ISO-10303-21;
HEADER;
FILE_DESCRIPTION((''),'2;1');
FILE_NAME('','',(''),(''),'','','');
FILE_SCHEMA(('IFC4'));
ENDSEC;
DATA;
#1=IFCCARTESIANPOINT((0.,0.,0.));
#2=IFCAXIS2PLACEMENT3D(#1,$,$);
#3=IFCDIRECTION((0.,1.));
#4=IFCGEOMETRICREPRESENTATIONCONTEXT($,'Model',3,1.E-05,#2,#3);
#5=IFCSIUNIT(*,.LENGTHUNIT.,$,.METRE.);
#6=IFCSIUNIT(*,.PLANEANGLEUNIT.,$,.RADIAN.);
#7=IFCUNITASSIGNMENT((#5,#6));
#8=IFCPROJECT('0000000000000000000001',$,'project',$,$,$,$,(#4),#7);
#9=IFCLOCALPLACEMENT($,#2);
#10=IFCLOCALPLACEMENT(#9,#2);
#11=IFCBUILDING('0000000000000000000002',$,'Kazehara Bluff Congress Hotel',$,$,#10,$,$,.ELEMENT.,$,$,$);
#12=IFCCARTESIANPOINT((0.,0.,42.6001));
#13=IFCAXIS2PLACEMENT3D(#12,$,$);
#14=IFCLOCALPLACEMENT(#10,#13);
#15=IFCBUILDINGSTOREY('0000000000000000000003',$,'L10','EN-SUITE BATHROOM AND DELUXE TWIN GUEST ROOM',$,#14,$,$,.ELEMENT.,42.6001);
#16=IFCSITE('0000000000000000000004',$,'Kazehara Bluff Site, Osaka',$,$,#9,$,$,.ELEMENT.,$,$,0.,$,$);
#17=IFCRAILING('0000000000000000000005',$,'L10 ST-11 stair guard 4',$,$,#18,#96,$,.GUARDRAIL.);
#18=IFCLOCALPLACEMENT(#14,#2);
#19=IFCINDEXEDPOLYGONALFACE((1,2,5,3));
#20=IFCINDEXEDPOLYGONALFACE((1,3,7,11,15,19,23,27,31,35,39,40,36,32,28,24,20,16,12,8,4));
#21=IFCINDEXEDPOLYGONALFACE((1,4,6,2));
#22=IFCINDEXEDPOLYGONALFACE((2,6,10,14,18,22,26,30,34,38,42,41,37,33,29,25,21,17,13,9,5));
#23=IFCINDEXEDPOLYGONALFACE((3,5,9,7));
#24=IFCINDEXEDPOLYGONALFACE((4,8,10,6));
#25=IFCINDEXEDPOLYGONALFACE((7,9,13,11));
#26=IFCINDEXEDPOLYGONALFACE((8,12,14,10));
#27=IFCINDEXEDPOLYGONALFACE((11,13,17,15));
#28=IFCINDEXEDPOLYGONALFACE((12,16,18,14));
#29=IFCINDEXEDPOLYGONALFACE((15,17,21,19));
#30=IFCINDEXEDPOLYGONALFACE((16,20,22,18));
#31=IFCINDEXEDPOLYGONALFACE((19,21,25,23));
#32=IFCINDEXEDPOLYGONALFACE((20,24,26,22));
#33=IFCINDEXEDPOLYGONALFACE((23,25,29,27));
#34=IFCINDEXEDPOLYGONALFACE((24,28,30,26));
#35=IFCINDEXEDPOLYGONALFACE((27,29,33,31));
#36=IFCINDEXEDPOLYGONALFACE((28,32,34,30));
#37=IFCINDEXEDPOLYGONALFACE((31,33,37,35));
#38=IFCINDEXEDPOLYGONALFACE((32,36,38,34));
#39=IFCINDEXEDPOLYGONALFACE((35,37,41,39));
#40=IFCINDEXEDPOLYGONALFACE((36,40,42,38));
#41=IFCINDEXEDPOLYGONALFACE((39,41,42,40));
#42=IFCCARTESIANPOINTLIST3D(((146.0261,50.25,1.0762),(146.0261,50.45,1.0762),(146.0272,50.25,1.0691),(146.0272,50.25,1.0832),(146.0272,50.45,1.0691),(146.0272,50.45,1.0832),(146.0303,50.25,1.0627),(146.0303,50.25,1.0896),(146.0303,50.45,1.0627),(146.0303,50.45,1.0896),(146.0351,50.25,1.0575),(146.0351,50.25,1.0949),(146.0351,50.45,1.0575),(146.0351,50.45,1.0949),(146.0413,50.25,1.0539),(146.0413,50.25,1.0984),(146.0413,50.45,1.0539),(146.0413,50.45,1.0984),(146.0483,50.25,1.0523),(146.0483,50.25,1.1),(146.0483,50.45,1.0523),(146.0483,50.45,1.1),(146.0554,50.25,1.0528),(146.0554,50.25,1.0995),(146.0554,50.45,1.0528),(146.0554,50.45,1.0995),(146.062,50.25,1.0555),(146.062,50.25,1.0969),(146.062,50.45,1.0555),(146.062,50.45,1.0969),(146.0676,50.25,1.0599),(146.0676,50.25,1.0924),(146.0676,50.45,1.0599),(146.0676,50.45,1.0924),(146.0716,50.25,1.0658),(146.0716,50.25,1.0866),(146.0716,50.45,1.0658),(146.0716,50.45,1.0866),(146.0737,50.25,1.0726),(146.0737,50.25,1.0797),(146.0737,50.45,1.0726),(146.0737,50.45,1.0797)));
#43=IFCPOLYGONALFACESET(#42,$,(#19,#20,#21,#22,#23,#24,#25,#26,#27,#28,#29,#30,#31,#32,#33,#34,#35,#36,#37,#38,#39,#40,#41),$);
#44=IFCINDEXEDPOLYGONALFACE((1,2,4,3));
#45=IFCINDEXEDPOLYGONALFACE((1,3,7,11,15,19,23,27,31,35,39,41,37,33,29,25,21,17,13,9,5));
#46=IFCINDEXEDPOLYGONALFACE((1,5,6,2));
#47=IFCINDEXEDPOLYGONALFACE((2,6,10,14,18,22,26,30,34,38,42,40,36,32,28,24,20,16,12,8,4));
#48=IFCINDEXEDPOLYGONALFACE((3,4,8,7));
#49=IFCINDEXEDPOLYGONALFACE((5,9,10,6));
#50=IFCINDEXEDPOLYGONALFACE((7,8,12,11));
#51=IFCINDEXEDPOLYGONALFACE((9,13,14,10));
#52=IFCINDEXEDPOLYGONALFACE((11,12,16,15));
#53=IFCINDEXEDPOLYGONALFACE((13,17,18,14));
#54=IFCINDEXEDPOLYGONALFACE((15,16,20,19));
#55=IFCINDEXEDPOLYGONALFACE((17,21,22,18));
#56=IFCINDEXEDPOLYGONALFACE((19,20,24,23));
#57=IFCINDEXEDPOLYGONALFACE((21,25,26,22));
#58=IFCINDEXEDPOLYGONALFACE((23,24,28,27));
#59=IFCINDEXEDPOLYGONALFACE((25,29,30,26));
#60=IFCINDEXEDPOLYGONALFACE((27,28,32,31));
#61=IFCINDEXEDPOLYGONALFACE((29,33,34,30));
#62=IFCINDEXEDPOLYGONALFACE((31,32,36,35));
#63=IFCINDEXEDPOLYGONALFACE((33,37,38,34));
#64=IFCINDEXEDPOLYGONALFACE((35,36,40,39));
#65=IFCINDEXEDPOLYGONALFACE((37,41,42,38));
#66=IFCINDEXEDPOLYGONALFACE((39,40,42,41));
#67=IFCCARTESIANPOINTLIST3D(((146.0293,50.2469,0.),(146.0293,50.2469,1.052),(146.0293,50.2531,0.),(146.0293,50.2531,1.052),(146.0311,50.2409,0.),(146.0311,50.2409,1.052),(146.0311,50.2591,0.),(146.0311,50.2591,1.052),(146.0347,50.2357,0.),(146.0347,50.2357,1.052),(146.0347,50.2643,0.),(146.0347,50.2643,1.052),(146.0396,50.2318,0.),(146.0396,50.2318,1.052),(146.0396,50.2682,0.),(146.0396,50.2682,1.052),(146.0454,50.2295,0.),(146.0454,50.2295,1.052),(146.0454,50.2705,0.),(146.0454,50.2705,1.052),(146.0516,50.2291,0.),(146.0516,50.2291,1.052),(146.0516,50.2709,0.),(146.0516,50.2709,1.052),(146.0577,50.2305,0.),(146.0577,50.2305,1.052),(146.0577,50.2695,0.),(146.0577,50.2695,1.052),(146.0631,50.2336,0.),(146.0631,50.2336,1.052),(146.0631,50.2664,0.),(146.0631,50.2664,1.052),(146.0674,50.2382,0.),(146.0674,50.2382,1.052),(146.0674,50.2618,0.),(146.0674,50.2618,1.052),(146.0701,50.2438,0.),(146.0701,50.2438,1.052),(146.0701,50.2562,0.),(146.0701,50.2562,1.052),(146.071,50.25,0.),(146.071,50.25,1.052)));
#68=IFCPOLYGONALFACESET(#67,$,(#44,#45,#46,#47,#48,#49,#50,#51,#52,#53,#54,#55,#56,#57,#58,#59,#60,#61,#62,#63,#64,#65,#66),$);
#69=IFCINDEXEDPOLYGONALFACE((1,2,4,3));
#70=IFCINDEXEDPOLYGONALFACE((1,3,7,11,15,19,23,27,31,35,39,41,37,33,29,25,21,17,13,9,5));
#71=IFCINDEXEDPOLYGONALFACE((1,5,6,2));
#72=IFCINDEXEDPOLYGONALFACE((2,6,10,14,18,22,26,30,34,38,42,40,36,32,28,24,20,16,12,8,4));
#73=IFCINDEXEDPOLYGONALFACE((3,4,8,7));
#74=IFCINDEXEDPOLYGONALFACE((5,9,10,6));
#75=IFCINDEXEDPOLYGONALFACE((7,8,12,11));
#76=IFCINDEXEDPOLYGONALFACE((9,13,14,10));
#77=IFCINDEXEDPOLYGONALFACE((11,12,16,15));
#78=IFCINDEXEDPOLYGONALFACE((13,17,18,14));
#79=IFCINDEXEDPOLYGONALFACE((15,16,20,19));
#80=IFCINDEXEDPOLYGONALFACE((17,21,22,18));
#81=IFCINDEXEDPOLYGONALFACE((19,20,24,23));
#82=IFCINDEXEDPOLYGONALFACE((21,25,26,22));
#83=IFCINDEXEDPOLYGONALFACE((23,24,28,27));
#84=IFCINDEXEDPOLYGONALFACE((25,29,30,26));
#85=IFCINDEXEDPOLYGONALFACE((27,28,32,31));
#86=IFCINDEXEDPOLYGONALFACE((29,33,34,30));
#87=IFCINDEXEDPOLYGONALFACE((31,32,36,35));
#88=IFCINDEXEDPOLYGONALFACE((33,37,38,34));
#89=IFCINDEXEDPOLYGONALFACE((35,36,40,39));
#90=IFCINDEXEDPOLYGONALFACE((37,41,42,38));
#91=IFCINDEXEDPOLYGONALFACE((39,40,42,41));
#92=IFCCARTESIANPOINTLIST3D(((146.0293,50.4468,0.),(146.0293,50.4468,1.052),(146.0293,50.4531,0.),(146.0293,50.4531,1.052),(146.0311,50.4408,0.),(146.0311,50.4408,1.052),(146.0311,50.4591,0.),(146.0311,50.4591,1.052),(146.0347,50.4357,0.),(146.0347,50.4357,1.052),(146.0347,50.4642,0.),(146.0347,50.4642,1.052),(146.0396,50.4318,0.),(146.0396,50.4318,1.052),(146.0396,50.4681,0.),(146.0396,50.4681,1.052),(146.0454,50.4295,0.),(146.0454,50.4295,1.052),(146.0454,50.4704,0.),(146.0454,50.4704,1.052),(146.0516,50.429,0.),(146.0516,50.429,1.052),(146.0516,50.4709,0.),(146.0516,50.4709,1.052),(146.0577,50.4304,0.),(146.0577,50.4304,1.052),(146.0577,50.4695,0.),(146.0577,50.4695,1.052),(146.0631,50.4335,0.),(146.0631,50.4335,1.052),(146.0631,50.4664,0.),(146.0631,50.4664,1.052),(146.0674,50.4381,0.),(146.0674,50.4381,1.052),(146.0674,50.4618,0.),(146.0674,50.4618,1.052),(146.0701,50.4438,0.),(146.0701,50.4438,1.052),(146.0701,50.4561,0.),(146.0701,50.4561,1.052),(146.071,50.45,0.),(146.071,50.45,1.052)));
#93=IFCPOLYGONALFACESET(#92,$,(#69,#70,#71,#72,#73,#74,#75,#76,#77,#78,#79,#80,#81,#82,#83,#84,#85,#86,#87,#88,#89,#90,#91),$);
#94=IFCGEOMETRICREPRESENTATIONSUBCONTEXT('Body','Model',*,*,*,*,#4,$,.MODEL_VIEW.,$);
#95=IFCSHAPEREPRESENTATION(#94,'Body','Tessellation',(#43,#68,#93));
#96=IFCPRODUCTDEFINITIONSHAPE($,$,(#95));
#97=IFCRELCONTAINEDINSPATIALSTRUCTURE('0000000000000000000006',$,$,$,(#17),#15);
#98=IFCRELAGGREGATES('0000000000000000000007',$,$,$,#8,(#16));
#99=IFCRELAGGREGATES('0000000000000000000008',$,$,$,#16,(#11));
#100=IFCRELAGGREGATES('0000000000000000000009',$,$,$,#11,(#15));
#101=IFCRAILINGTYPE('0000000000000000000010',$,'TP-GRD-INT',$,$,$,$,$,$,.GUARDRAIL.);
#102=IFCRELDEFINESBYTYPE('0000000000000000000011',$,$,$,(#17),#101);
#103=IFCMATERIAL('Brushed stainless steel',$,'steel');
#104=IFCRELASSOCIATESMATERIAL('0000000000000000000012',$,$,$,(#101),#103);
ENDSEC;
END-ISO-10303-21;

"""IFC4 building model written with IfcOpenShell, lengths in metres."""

from ifc_helpers import new_model, si_unit, direction, frame, origin, origin_2d, place, context, subcontext, project, spatial, circle, extrude, material, type_object, element, save


model = new_model("IFC4")

# Units and contexts
model_context = context("Model", 3, precision=1e-05, world=origin(), true_north=direction((0.0, 1.0)))
body_context = subcontext(model_context, "Body", "Model", "MODEL_VIEW")
ifc_project = project(units=[si_unit("LENGTHUNIT", "METRE"), si_unit("PLANEANGLEUNIT", "RADIAN")], contexts=[model_context])

# Site, building, storey
site_placement = place(None, origin())
site = spatial("IfcSite", under=ifc_project, at=site_placement, Name="Kazehara Bluff Site, Osaka", CompositionType="ELEMENT", RefElevation=0.0)
building_placement = place(site_placement, origin())
building = spatial("IfcBuilding", under=site, at=building_placement, Name="Kazehara Bluff Congress Hotel", CompositionType="ELEMENT")
storey_placement = place(building_placement, frame((0.0, 0.0, 42.6001)))
storey = spatial("IfcBuildingStorey", under=building, at=storey_placement, Name="L10", Description="EN-SUITE BATHROOM AND DELUXE TWIN GUEST ROOM", CompositionType="ELEMENT", Elevation=42.6001)

# Railing
ifc_material_1 = material(Name="Brushed stainless steel", Category="steel")
railing_type_1 = type_object("IfcRailingType", Name="TP-GRD-INT", PredefinedType="GUARDRAIL", material=ifc_material_1)
railing_1_placement = place(storey_placement, frame((146.05, 50.25, 0.0)))
element("IfcRailing", 1, at=railing_1_placement, inside=storey, type_object=railing_type_1, Name="L10 ST-11 stair guard 4", PredefinedType="GUARDRAIL", context=body_context, shape_type="SweptSolid", body=[
    extrude(circle(Radius=0.0239, at=origin_2d()), frame((0.0, 0.0, 1.0762), z_axis=(0.0, 1.0, 0.0), x_axis=(-1.0, 0.0, 0.0)), (0.0, 0.0, 1.0), 0.2),
    extrude(circle(Radius=0.021, at=origin_2d()), origin(), (0.0, 0.0, 1.0), 1.052),
    extrude(circle(Radius=0.021, at=origin_2d()), frame((0.0, 0.2, 0.0)), (0.0, 0.0, 1.0), 1.052),
])

save(model, "model.ifc")
